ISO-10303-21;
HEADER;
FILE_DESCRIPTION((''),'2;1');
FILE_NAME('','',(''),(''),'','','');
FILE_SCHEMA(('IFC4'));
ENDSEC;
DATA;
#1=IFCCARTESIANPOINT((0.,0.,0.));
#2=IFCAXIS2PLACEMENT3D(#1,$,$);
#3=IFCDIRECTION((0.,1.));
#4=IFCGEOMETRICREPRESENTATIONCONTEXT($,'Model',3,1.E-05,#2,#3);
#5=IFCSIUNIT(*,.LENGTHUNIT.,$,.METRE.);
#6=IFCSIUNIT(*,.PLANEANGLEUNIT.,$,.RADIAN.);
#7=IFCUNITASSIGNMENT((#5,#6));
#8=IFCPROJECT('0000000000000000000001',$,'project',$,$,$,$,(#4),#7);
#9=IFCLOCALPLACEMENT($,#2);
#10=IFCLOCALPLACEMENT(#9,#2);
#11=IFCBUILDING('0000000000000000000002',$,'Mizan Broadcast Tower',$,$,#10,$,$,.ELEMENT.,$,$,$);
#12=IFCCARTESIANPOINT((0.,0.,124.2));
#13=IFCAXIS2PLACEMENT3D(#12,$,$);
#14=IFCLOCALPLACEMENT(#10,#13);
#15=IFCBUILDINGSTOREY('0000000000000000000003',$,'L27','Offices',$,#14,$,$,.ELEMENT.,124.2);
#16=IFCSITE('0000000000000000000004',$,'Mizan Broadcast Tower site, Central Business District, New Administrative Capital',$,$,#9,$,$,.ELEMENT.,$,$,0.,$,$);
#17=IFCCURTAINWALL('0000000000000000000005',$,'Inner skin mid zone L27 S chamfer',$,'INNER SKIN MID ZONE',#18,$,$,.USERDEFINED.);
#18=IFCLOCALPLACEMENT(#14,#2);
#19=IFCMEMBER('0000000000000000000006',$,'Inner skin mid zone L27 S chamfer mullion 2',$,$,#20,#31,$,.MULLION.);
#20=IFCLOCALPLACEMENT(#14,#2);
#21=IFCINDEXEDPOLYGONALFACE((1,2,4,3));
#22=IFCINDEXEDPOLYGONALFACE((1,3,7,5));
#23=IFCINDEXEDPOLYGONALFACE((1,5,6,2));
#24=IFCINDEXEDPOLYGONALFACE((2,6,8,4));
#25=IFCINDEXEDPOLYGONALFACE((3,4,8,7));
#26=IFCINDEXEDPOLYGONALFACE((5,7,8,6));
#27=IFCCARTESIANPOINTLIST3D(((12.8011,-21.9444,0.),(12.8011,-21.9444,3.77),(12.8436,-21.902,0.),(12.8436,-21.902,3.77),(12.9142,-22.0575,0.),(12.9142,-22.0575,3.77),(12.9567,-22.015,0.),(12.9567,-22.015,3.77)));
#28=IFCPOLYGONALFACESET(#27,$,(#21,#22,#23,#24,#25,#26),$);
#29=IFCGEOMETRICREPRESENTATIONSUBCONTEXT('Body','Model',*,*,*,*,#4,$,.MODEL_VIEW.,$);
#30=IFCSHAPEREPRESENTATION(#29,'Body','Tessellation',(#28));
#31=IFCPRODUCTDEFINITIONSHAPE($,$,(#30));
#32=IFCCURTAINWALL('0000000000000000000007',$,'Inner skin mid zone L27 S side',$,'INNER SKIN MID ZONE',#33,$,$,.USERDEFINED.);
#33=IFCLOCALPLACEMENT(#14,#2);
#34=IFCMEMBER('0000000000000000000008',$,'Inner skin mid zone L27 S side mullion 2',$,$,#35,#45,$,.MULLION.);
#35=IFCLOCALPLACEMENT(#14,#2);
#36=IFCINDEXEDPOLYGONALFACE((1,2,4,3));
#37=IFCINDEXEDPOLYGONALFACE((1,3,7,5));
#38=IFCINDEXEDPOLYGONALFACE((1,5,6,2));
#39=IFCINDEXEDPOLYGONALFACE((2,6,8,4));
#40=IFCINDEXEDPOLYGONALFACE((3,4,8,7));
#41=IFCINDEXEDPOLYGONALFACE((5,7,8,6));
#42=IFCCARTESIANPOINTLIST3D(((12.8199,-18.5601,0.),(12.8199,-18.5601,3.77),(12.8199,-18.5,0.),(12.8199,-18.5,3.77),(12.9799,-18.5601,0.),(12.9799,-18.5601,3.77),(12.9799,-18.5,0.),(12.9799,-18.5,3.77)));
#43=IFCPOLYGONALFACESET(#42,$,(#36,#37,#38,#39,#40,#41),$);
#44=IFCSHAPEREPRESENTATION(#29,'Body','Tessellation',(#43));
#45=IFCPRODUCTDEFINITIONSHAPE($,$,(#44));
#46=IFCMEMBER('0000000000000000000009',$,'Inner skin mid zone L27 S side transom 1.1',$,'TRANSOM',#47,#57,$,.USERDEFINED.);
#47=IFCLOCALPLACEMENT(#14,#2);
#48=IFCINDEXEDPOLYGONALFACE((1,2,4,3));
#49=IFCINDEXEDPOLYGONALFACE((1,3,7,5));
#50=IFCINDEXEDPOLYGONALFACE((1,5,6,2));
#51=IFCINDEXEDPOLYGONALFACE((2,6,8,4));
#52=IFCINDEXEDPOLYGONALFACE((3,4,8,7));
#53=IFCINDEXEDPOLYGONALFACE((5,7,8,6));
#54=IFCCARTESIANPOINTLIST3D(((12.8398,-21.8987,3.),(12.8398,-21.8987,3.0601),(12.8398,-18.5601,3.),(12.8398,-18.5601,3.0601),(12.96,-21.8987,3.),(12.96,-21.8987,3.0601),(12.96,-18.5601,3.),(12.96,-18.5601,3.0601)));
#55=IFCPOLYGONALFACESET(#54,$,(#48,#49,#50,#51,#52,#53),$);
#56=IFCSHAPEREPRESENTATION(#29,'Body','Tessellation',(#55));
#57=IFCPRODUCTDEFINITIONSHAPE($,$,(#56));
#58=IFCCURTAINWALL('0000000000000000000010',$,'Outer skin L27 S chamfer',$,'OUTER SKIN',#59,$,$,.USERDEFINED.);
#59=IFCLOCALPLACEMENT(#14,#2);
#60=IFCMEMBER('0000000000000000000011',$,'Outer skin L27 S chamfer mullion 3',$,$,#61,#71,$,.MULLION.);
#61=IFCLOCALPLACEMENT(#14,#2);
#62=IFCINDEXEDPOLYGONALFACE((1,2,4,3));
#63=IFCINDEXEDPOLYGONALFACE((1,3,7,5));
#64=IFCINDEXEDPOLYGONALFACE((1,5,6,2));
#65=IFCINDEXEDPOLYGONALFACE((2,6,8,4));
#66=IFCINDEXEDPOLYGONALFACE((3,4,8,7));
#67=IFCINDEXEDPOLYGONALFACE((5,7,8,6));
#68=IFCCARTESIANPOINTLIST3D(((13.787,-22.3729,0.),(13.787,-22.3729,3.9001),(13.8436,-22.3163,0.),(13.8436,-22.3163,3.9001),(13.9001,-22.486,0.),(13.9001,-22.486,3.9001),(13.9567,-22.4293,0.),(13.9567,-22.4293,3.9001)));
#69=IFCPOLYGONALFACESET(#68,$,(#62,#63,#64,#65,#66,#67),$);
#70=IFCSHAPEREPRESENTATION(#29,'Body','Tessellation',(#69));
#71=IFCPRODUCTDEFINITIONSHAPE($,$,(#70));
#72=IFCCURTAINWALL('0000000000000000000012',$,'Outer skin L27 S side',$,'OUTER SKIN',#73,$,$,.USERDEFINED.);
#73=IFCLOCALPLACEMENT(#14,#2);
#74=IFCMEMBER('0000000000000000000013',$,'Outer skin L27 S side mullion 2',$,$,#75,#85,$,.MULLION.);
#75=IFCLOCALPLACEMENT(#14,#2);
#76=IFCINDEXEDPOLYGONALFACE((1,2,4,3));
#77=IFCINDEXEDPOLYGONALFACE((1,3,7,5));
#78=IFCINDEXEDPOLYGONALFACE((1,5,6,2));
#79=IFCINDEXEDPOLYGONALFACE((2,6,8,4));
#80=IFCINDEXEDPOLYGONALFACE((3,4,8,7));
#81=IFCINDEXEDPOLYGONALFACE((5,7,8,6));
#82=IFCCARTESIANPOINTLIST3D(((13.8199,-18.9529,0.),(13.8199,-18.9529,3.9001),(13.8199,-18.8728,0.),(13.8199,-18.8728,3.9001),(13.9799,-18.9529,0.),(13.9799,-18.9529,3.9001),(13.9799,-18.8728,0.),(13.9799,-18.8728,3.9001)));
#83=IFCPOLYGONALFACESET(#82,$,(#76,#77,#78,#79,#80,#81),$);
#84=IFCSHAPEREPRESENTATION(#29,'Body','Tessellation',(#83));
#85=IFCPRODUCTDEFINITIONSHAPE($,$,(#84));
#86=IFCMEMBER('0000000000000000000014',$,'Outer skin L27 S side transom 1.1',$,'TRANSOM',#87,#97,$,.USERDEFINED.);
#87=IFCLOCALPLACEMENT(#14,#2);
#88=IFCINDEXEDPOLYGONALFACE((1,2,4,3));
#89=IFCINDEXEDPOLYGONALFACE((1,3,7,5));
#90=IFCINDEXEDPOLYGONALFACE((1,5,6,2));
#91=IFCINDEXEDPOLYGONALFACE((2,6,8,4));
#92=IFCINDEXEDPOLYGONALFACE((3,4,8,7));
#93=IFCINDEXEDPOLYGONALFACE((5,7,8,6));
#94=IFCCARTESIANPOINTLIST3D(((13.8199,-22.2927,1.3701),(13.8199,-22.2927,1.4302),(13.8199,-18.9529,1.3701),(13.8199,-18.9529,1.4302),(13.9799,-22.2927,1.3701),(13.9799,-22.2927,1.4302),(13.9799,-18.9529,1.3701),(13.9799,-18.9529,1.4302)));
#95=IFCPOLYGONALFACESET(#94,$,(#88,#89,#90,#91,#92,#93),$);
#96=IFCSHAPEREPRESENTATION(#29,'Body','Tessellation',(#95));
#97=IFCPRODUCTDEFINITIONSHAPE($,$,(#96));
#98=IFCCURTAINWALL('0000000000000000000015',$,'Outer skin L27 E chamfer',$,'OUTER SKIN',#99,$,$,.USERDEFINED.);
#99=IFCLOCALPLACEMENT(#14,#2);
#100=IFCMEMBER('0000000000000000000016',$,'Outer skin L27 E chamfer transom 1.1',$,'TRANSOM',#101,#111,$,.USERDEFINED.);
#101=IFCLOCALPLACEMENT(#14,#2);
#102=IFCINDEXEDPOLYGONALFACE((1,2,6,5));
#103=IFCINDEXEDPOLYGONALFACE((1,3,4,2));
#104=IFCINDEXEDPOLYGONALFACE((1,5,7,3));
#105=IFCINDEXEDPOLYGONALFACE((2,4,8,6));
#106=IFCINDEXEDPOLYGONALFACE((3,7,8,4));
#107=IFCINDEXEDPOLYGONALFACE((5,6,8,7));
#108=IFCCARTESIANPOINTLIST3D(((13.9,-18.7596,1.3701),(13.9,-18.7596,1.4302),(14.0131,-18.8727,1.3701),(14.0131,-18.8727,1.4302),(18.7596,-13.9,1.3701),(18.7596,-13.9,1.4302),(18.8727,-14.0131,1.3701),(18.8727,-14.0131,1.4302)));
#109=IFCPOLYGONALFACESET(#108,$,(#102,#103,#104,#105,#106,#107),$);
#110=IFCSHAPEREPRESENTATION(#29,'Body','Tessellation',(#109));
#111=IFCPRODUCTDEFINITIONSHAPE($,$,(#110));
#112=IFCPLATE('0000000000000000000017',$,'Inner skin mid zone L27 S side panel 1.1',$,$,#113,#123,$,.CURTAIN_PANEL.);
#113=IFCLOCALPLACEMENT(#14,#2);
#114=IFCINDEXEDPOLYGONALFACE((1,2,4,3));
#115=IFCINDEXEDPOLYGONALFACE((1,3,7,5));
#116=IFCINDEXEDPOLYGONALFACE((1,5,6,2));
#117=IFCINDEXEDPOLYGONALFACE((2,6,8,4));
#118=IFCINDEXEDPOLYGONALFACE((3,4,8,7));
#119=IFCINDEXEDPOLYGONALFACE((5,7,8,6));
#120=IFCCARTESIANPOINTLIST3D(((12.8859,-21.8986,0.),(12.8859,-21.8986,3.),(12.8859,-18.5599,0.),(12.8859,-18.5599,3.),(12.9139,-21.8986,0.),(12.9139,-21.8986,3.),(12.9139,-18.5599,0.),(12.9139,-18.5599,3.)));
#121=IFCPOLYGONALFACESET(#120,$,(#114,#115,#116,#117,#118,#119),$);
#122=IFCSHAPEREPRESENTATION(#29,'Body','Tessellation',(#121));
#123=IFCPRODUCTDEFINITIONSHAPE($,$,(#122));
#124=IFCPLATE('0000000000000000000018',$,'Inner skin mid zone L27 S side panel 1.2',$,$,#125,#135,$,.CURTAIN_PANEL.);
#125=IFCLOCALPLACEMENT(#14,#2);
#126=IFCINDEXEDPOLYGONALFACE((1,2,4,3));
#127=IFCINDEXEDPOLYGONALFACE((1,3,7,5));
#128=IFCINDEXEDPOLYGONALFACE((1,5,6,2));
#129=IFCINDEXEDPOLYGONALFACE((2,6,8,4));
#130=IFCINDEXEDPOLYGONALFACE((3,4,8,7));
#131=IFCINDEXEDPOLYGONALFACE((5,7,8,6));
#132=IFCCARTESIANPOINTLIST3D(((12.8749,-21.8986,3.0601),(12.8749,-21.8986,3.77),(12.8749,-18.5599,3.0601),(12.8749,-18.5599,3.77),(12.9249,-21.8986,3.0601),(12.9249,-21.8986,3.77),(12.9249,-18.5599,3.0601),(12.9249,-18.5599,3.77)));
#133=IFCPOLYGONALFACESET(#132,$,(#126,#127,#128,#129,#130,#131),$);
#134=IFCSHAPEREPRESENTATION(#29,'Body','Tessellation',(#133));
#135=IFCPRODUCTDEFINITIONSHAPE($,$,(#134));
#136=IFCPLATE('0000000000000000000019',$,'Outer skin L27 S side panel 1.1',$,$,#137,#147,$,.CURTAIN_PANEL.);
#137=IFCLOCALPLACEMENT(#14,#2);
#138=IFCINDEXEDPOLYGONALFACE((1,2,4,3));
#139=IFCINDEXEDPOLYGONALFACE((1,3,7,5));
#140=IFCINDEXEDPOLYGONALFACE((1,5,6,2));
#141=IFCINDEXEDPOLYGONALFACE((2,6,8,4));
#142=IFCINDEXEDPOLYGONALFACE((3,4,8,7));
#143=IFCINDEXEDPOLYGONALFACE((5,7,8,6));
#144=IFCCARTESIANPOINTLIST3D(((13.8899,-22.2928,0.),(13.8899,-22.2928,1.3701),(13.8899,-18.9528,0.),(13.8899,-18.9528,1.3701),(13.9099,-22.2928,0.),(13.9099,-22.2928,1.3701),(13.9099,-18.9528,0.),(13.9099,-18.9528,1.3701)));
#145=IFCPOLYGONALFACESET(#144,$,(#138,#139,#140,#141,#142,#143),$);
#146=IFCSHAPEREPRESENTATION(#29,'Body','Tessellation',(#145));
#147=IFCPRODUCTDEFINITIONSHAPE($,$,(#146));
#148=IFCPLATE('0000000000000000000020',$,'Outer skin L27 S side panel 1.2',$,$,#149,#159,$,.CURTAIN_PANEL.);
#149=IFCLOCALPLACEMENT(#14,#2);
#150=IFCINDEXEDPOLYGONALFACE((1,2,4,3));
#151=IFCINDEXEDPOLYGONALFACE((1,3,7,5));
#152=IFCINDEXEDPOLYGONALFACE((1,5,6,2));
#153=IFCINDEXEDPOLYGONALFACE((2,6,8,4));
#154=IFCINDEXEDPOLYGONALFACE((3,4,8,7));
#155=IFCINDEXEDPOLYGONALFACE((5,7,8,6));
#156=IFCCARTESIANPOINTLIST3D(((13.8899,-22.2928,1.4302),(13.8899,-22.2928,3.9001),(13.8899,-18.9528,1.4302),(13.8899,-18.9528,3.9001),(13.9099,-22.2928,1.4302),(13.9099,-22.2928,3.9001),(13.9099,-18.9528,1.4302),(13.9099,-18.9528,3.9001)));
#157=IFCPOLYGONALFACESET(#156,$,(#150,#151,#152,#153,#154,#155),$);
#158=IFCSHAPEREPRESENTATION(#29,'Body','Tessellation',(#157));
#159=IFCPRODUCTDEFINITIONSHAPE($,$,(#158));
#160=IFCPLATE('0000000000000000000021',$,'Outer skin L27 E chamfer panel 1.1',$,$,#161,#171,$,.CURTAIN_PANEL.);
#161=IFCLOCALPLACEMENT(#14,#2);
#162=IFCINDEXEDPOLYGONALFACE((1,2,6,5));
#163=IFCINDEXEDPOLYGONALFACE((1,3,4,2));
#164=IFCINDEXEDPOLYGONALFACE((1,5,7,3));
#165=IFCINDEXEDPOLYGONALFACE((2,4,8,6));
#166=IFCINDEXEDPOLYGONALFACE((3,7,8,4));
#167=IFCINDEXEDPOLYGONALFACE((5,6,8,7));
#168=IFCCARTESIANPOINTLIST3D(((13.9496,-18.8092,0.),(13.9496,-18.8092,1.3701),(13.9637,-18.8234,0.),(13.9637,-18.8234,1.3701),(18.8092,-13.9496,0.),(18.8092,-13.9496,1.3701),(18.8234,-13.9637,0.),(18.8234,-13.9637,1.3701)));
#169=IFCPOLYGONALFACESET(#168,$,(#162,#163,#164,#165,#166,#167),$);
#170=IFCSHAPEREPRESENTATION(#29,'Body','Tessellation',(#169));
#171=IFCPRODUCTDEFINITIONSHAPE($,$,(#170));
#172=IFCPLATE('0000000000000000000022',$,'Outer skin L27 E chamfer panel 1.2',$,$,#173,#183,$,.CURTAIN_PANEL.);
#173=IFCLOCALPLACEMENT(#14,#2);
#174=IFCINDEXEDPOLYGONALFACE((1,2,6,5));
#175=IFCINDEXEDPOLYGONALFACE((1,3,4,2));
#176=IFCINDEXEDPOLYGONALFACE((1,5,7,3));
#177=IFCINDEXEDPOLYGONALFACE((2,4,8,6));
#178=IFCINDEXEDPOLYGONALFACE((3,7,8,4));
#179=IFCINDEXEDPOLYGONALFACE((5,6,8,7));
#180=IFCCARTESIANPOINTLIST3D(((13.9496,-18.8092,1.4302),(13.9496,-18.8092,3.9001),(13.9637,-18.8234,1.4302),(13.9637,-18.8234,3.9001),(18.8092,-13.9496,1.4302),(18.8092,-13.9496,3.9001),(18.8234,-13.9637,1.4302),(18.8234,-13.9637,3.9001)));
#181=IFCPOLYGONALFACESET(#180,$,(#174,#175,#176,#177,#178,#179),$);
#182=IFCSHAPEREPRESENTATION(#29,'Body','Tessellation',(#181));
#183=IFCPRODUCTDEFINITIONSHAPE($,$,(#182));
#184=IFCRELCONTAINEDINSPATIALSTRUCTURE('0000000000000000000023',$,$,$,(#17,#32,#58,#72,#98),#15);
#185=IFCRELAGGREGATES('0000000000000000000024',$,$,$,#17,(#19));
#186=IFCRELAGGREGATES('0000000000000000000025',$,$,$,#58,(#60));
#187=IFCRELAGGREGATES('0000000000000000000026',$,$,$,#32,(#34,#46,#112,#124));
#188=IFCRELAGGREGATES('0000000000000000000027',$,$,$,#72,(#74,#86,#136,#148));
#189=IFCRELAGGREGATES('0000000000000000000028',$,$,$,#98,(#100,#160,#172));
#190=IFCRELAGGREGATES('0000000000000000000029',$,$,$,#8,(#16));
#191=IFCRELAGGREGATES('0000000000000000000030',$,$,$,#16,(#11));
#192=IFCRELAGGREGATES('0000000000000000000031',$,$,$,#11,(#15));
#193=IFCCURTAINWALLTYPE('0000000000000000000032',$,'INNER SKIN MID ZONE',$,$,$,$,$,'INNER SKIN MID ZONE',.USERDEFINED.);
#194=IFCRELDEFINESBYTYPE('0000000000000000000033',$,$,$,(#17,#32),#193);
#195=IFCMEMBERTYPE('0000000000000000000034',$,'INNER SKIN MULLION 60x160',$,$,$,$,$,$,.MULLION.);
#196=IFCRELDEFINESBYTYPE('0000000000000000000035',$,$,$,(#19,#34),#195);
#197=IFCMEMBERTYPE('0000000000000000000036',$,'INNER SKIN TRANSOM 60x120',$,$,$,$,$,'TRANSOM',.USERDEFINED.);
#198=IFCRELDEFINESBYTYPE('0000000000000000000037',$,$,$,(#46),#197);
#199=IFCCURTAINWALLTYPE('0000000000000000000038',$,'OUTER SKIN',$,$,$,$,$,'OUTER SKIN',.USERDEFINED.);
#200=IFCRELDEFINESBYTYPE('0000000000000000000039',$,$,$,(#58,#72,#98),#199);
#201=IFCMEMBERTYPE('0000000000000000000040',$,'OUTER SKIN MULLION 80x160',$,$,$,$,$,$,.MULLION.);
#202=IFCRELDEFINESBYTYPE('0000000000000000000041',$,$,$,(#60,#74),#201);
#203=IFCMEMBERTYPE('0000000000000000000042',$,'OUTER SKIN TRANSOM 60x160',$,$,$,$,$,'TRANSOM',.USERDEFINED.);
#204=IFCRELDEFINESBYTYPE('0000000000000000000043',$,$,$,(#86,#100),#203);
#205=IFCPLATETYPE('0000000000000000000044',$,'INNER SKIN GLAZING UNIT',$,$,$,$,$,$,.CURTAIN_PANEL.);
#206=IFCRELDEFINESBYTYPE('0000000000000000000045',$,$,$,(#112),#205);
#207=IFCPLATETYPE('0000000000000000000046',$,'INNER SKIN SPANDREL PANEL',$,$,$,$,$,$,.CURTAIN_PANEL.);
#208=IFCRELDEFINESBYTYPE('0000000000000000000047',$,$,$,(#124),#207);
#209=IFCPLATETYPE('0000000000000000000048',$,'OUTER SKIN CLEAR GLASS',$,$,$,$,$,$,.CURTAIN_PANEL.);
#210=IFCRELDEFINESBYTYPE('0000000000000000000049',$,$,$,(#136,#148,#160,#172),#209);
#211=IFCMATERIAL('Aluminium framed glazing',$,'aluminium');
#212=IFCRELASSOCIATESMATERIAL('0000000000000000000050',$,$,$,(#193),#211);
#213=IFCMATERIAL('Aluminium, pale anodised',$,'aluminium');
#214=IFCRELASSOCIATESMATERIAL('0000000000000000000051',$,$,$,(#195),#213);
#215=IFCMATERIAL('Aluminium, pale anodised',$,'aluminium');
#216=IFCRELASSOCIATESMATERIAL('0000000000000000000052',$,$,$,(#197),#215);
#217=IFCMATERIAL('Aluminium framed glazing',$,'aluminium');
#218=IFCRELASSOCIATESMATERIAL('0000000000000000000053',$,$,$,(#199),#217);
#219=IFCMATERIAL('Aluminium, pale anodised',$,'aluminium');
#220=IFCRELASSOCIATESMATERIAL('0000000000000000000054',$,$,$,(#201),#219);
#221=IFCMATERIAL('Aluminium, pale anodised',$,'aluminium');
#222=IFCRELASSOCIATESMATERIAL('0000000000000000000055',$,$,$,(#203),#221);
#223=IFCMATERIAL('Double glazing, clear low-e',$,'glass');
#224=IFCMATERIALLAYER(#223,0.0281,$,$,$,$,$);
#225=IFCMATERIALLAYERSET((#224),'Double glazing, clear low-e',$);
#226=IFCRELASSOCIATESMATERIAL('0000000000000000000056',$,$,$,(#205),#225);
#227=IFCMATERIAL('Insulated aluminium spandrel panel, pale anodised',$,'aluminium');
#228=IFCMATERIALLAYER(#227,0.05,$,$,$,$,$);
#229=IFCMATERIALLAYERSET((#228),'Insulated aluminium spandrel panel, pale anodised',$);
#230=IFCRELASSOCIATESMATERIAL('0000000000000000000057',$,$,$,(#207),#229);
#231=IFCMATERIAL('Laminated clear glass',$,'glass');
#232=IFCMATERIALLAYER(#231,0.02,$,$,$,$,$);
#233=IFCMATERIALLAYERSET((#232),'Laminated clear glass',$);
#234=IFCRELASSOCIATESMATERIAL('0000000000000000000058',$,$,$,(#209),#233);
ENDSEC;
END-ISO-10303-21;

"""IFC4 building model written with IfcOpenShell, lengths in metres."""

from ifc_helpers import new_model, si_unit, direction, frame, origin, origin_2d, place, context, subcontext, project, spatial, rectangle, extrude, material, layer, layer_set, material_profile, profile_set, type_object, element, aggregate, save


model = new_model("IFC4")

# Units and contexts
model_context = context("Model", 3, precision=1e-05, world=origin(), true_north=direction((0.0, 1.0)))
body_context = subcontext(model_context, "Body", "Model", "MODEL_VIEW")
ifc_project = project(units=[si_unit("LENGTHUNIT", "METRE"), si_unit("PLANEANGLEUNIT", "RADIAN")], contexts=[model_context])

# Site, building, storey
site_placement = place(None, origin())
site = spatial("IfcSite", under=ifc_project, at=site_placement, Name="Mizan Broadcast Tower site, Central Business District, New Administrative Capital", CompositionType="ELEMENT", RefElevation=0.0)
building_placement = place(site_placement, origin())
building = spatial("IfcBuilding", under=site, at=building_placement, Name="Mizan Broadcast Tower", CompositionType="ELEMENT")
storey_placement = place(building_placement, frame((0.0, 0.0, 124.2)))
storey = spatial("IfcBuildingStorey", under=building, at=storey_placement, Name="L27", Description="Offices", CompositionType="ELEMENT", Elevation=124.2)

# Curtain wall, member
ifc_material_1 = material(Name="Aluminium framed glazing", Category="aluminium")
curtain_wall_type_1 = type_object("IfcCurtainWallType", Name="INNER SKIN MID ZONE", ElementType="INNER SKIN MID ZONE", PredefinedType="USERDEFINED", material=ifc_material_1)
curtain_wall_1_placement = place(storey_placement, origin())
curtain_wall_1 = element("IfcCurtainWall", 1, at=curtain_wall_1_placement, inside=storey, type_object=curtain_wall_type_1, Name="Inner skin mid zone L27 S chamfer", ObjectType="INNER SKIN MID ZONE", PredefinedType="USERDEFINED")
ifc_material_2 = material(Name="Aluminium, pale anodised", Category="aluminium")
ifc_material_profile_1 = material_profile(ifc_material_2, rectangle(XDim=0.1599, YDim=0.0601, at=origin_2d()), Name="MULLION 160x60")
ifc_profile_set_1 = profile_set([ifc_material_profile_1], Name="Aluminium, pale anodised")
member_type_1 = type_object("IfcMemberType", Name="INNER SKIN MULLION 60x160", PredefinedType="MULLION", material=ifc_profile_set_1)
member_1_placement = place(storey_placement, frame((12.8789, -21.9797, 0.0), z_axis=(0.0, 0.0, 1.0), x_axis=(-0.707107, 0.707107, 0.0)))
member_1 = element("IfcMember", 2, at=member_1_placement, type_object=member_type_1, Name="Inner skin mid zone L27 S chamfer mullion 2", PredefinedType="MULLION", context=body_context, shape_type="SweptSolid", body=[
    extrude(rectangle(XDim=0.1599, YDim=0.0601, at=origin_2d()), origin(), (0.0, 0.0, 1.0), 3.77),
])
aggregate(curtain_wall_1, [member_1])

# Curtain wall, members
curtain_wall_2_placement = place(storey_placement, origin())
curtain_wall_2 = element("IfcCurtainWall", 3, at=curtain_wall_2_placement, inside=storey, type_object=curtain_wall_type_1, Name="Inner skin mid zone L27 S side", ObjectType="INNER SKIN MID ZONE", PredefinedType="USERDEFINED")
member_2_placement = place(storey_placement, frame((12.8999, -18.53, 0.0), z_axis=(0.0, 0.0, 1.0), x_axis=(-1.0, 0.0, 0.0)))
member_2 = element("IfcMember", 4, at=member_2_placement, type_object=member_type_1, Name="Inner skin mid zone L27 S side mullion 2", PredefinedType="MULLION", context=body_context, shape_type="SweptSolid", body=[
    extrude(rectangle(XDim=0.1599, YDim=0.0601, at=origin_2d()), origin(), (0.0, 0.0, 1.0), 3.77),
])
ifc_material_3 = material(Name="Aluminium, pale anodised", Category="aluminium")
ifc_material_profile_2 = material_profile(ifc_material_3, rectangle(XDim=0.1201, YDim=0.0601, at=origin_2d()), Name="TRANSOM 120x60")
ifc_profile_set_2 = profile_set([ifc_material_profile_2], Name="Aluminium, pale anodised")
member_type_2 = type_object("IfcMemberType", Name="INNER SKIN TRANSOM 60x120", ElementType="TRANSOM", PredefinedType="USERDEFINED", material=ifc_profile_set_2)
member_3_placement = place(storey_placement, frame((12.8999, -21.8987, 3.03), z_axis=(0.0, 1.0, 0.0), x_axis=(-1.0, 0.0, 0.0)))
member_3 = element("IfcMember", 5, at=member_3_placement, type_object=member_type_2, Name="Inner skin mid zone L27 S side transom 1.1", ObjectType="TRANSOM", PredefinedType="USERDEFINED", context=body_context, shape_type="SweptSolid", body=[
    extrude(rectangle(XDim=0.1201, YDim=0.0601, at=origin_2d()), origin(), (0.0, 0.0, 1.0), 3.3386),
])

# Curtain wall, member
ifc_material_4 = material(Name="Aluminium framed glazing", Category="aluminium")
curtain_wall_type_2 = type_object("IfcCurtainWallType", Name="OUTER SKIN", ElementType="OUTER SKIN", PredefinedType="USERDEFINED", material=ifc_material_4)
curtain_wall_3_placement = place(storey_placement, origin())
curtain_wall_3 = element("IfcCurtainWall", 6, at=curtain_wall_3_placement, inside=storey, type_object=curtain_wall_type_2, Name="Outer skin L27 S chamfer", ObjectType="OUTER SKIN", PredefinedType="USERDEFINED")
ifc_material_5 = material(Name="Aluminium, pale anodised", Category="aluminium")
ifc_material_profile_3 = material_profile(ifc_material_5, rectangle(XDim=0.1599, YDim=0.0801, at=origin_2d()), Name="MULLION 160x80")
ifc_profile_set_3 = profile_set([ifc_material_profile_3], Name="Aluminium, pale anodised")
member_type_3 = type_object("IfcMemberType", Name="OUTER SKIN MULLION 80x160", PredefinedType="MULLION", material=ifc_profile_set_3)
member_4_placement = place(storey_placement, frame((13.8718, -22.4011, 0.0), z_axis=(0.0, 0.0, 1.0), x_axis=(-0.707107, 0.707107, 0.0)))
member_4 = element("IfcMember", 7, at=member_4_placement, type_object=member_type_3, Name="Outer skin L27 S chamfer mullion 3", PredefinedType="MULLION", context=body_context, shape_type="SweptSolid", body=[
    extrude(rectangle(XDim=0.1599, YDim=0.0801, at=origin_2d()), origin(), (0.0, 0.0, 1.0), 3.9001),
])
aggregate(curtain_wall_3, [member_4])

# Curtain wall, members
curtain_wall_4_placement = place(storey_placement, origin())
curtain_wall_4 = element("IfcCurtainWall", 8, at=curtain_wall_4_placement, inside=storey, type_object=curtain_wall_type_2, Name="Outer skin L27 S side", ObjectType="OUTER SKIN", PredefinedType="USERDEFINED")
member_5_placement = place(storey_placement, frame((13.8999, -18.9128, 0.0), z_axis=(0.0, 0.0, 1.0), x_axis=(-1.0, 0.0, 0.0)))
member_5 = element("IfcMember", 9, at=member_5_placement, type_object=member_type_3, Name="Outer skin L27 S side mullion 2", PredefinedType="MULLION", context=body_context, shape_type="SweptSolid", body=[
    extrude(rectangle(XDim=0.1599, YDim=0.0801, at=origin_2d()), origin(), (0.0, 0.0, 1.0), 3.9001),
])
ifc_material_6 = material(Name="Aluminium, pale anodised", Category="aluminium")
ifc_material_profile_4 = material_profile(ifc_material_6, rectangle(XDim=0.1599, YDim=0.0601, at=origin_2d()), Name="TRANSOM 160x60")
ifc_profile_set_4 = profile_set([ifc_material_profile_4], Name="Aluminium, pale anodised")
member_type_4 = type_object("IfcMemberType", Name="OUTER SKIN TRANSOM 60x160", ElementType="TRANSOM", PredefinedType="USERDEFINED", material=ifc_profile_set_4)
member_6_placement = place(storey_placement, frame((13.8999, -22.2927, 1.4001), z_axis=(0.0, 1.0, 0.0), x_axis=(-1.0, 0.0, 0.0)))
member_6 = element("IfcMember", 10, at=member_6_placement, type_object=member_type_4, Name="Outer skin L27 S side transom 1.1", ObjectType="TRANSOM", PredefinedType="USERDEFINED", context=body_context, shape_type="SweptSolid", body=[
    extrude(rectangle(XDim=0.1599, YDim=0.0601, at=origin_2d()), origin(), (0.0, 0.0, 1.0), 3.3398),
])

# Curtain wall, member
curtain_wall_5_placement = place(storey_placement, origin())
curtain_wall_5 = element("IfcCurtainWall", 11, at=curtain_wall_5_placement, inside=storey, type_object=curtain_wall_type_2, Name="Outer skin L27 E chamfer", ObjectType="OUTER SKIN", PredefinedType="USERDEFINED")
member_7_placement = place(storey_placement, frame((13.9565, -18.8162, 1.4001), z_axis=(0.707107, 0.707107, 0.0), x_axis=(-0.707107, 0.707107, 0.0)))
member_7 = element("IfcMember", 12, at=member_7_placement, type_object=member_type_4, Name="Outer skin L27 E chamfer transom 1.1", ObjectType="TRANSOM", PredefinedType="USERDEFINED", context=body_context, shape_type="SweptSolid", body=[
    extrude(rectangle(XDim=0.1599, YDim=0.0601, at=origin_2d()), origin(), (0.0, 0.0, 1.0), 6.8726),
])

# Plates
ifc_material_7 = material(Name="Double glazing, clear low-e", Category="glass")
ifc_layer_1 = layer(ifc_material_7, 0.0281)
ifc_layer_set_1 = layer_set([ifc_layer_1], Name="Double glazing, clear low-e")
plate_type_1 = type_object("IfcPlateType", Name="INNER SKIN GLAZING UNIT", PredefinedType="CURTAIN_PANEL", material=ifc_layer_set_1)
plate_1_placement = place(storey_placement, frame((12.8999, -20.2292, 0.0), z_axis=(0.0, 0.0, 1.0), x_axis=(0.0, 1.0, 0.0)))
plate_1 = element("IfcPlate", 13, at=plate_1_placement, type_object=plate_type_1, Name="Inner skin mid zone L27 S side panel 1.1", PredefinedType="CURTAIN_PANEL", context=body_context, shape_type="SweptSolid", body=[
    extrude(rectangle(XDim=3.3386, YDim=0.0281, at=origin_2d()), origin(), (0.0, 0.0, 1.0), 3.0),
])
ifc_material_8 = material(Name="Insulated aluminium spandrel panel, pale anodised", Category="aluminium")
ifc_layer_2 = layer(ifc_material_8, 0.05)
ifc_layer_set_2 = layer_set([ifc_layer_2], Name="Insulated aluminium spandrel panel, pale anodised")
plate_type_2 = type_object("IfcPlateType", Name="INNER SKIN SPANDREL PANEL", PredefinedType="CURTAIN_PANEL", material=ifc_layer_set_2)
plate_2_placement = place(storey_placement, frame((12.8999, -20.2292, 3.0601), z_axis=(0.0, 0.0, 1.0), x_axis=(0.0, 1.0, 0.0)))
plate_2 = element("IfcPlate", 14, at=plate_2_placement, type_object=plate_type_2, Name="Inner skin mid zone L27 S side panel 1.2", PredefinedType="CURTAIN_PANEL", context=body_context, shape_type="SweptSolid", body=[
    extrude(rectangle(XDim=3.3386, YDim=0.05, at=origin_2d()), origin(), (0.0, 0.0, 1.0), 0.71),
])
aggregate(curtain_wall_2, [member_2, member_3, plate_1, plate_2])
ifc_material_9 = material(Name="Laminated clear glass", Category="glass")
ifc_layer_3 = layer(ifc_material_9, 0.02)
ifc_layer_set_3 = layer_set([ifc_layer_3], Name="Laminated clear glass")
plate_type_3 = type_object("IfcPlateType", Name="OUTER SKIN CLEAR GLASS", PredefinedType="CURTAIN_PANEL", material=ifc_layer_set_3)
plate_3_placement = place(storey_placement, frame((13.8999, -20.6228, 0.0), z_axis=(0.0, 0.0, 1.0), x_axis=(0.0, 1.0, 0.0)))
plate_3 = element("IfcPlate", 15, at=plate_3_placement, type_object=plate_type_3, Name="Outer skin L27 S side panel 1.1", PredefinedType="CURTAIN_PANEL", context=body_context, shape_type="SweptSolid", body=[
    extrude(rectangle(XDim=3.3401, YDim=0.02, at=origin_2d()), origin(), (0.0, 0.0, 1.0), 1.3701),
])
plate_4_placement = place(storey_placement, frame((13.8999, -20.6228, 1.4302), z_axis=(0.0, 0.0, 1.0), x_axis=(0.0, 1.0, 0.0)))
plate_4 = element("IfcPlate", 16, at=plate_4_placement, type_object=plate_type_3, Name="Outer skin L27 S side panel 1.2", PredefinedType="CURTAIN_PANEL", context=body_context, shape_type="SweptSolid", body=[
    extrude(rectangle(XDim=3.3401, YDim=0.02, at=origin_2d()), origin(), (0.0, 0.0, 1.0), 2.47),
])
aggregate(curtain_wall_4, [member_5, member_6, plate_3, plate_4])
plate_5_placement = place(storey_placement, frame((16.3865, -16.3865, 0.0), z_axis=(0.0, 0.0, 1.0), x_axis=(0.707107, 0.707107, 0.0)))
plate_5 = element("IfcPlate", 17, at=plate_5_placement, type_object=plate_type_3, Name="Outer skin L27 E chamfer panel 1.1", PredefinedType="CURTAIN_PANEL", context=body_context, shape_type="SweptSolid", body=[
    extrude(rectangle(XDim=6.8726, YDim=0.02, at=origin_2d()), origin(), (0.0, 0.0, 1.0), 1.3701),
])
plate_6_placement = place(storey_placement, frame((16.3865, -16.3865, 1.4302), z_axis=(0.0, 0.0, 1.0), x_axis=(0.707107, 0.707107, 0.0)))
plate_6 = element("IfcPlate", 18, at=plate_6_placement, type_object=plate_type_3, Name="Outer skin L27 E chamfer panel 1.2", PredefinedType="CURTAIN_PANEL", context=body_context, shape_type="SweptSolid", body=[
    extrude(rectangle(XDim=6.8726, YDim=0.02, at=origin_2d()), origin(), (0.0, 0.0, 1.0), 2.47),
])
aggregate(curtain_wall_5, [member_7, plate_5, plate_6])

save(model, "model.ifc")
